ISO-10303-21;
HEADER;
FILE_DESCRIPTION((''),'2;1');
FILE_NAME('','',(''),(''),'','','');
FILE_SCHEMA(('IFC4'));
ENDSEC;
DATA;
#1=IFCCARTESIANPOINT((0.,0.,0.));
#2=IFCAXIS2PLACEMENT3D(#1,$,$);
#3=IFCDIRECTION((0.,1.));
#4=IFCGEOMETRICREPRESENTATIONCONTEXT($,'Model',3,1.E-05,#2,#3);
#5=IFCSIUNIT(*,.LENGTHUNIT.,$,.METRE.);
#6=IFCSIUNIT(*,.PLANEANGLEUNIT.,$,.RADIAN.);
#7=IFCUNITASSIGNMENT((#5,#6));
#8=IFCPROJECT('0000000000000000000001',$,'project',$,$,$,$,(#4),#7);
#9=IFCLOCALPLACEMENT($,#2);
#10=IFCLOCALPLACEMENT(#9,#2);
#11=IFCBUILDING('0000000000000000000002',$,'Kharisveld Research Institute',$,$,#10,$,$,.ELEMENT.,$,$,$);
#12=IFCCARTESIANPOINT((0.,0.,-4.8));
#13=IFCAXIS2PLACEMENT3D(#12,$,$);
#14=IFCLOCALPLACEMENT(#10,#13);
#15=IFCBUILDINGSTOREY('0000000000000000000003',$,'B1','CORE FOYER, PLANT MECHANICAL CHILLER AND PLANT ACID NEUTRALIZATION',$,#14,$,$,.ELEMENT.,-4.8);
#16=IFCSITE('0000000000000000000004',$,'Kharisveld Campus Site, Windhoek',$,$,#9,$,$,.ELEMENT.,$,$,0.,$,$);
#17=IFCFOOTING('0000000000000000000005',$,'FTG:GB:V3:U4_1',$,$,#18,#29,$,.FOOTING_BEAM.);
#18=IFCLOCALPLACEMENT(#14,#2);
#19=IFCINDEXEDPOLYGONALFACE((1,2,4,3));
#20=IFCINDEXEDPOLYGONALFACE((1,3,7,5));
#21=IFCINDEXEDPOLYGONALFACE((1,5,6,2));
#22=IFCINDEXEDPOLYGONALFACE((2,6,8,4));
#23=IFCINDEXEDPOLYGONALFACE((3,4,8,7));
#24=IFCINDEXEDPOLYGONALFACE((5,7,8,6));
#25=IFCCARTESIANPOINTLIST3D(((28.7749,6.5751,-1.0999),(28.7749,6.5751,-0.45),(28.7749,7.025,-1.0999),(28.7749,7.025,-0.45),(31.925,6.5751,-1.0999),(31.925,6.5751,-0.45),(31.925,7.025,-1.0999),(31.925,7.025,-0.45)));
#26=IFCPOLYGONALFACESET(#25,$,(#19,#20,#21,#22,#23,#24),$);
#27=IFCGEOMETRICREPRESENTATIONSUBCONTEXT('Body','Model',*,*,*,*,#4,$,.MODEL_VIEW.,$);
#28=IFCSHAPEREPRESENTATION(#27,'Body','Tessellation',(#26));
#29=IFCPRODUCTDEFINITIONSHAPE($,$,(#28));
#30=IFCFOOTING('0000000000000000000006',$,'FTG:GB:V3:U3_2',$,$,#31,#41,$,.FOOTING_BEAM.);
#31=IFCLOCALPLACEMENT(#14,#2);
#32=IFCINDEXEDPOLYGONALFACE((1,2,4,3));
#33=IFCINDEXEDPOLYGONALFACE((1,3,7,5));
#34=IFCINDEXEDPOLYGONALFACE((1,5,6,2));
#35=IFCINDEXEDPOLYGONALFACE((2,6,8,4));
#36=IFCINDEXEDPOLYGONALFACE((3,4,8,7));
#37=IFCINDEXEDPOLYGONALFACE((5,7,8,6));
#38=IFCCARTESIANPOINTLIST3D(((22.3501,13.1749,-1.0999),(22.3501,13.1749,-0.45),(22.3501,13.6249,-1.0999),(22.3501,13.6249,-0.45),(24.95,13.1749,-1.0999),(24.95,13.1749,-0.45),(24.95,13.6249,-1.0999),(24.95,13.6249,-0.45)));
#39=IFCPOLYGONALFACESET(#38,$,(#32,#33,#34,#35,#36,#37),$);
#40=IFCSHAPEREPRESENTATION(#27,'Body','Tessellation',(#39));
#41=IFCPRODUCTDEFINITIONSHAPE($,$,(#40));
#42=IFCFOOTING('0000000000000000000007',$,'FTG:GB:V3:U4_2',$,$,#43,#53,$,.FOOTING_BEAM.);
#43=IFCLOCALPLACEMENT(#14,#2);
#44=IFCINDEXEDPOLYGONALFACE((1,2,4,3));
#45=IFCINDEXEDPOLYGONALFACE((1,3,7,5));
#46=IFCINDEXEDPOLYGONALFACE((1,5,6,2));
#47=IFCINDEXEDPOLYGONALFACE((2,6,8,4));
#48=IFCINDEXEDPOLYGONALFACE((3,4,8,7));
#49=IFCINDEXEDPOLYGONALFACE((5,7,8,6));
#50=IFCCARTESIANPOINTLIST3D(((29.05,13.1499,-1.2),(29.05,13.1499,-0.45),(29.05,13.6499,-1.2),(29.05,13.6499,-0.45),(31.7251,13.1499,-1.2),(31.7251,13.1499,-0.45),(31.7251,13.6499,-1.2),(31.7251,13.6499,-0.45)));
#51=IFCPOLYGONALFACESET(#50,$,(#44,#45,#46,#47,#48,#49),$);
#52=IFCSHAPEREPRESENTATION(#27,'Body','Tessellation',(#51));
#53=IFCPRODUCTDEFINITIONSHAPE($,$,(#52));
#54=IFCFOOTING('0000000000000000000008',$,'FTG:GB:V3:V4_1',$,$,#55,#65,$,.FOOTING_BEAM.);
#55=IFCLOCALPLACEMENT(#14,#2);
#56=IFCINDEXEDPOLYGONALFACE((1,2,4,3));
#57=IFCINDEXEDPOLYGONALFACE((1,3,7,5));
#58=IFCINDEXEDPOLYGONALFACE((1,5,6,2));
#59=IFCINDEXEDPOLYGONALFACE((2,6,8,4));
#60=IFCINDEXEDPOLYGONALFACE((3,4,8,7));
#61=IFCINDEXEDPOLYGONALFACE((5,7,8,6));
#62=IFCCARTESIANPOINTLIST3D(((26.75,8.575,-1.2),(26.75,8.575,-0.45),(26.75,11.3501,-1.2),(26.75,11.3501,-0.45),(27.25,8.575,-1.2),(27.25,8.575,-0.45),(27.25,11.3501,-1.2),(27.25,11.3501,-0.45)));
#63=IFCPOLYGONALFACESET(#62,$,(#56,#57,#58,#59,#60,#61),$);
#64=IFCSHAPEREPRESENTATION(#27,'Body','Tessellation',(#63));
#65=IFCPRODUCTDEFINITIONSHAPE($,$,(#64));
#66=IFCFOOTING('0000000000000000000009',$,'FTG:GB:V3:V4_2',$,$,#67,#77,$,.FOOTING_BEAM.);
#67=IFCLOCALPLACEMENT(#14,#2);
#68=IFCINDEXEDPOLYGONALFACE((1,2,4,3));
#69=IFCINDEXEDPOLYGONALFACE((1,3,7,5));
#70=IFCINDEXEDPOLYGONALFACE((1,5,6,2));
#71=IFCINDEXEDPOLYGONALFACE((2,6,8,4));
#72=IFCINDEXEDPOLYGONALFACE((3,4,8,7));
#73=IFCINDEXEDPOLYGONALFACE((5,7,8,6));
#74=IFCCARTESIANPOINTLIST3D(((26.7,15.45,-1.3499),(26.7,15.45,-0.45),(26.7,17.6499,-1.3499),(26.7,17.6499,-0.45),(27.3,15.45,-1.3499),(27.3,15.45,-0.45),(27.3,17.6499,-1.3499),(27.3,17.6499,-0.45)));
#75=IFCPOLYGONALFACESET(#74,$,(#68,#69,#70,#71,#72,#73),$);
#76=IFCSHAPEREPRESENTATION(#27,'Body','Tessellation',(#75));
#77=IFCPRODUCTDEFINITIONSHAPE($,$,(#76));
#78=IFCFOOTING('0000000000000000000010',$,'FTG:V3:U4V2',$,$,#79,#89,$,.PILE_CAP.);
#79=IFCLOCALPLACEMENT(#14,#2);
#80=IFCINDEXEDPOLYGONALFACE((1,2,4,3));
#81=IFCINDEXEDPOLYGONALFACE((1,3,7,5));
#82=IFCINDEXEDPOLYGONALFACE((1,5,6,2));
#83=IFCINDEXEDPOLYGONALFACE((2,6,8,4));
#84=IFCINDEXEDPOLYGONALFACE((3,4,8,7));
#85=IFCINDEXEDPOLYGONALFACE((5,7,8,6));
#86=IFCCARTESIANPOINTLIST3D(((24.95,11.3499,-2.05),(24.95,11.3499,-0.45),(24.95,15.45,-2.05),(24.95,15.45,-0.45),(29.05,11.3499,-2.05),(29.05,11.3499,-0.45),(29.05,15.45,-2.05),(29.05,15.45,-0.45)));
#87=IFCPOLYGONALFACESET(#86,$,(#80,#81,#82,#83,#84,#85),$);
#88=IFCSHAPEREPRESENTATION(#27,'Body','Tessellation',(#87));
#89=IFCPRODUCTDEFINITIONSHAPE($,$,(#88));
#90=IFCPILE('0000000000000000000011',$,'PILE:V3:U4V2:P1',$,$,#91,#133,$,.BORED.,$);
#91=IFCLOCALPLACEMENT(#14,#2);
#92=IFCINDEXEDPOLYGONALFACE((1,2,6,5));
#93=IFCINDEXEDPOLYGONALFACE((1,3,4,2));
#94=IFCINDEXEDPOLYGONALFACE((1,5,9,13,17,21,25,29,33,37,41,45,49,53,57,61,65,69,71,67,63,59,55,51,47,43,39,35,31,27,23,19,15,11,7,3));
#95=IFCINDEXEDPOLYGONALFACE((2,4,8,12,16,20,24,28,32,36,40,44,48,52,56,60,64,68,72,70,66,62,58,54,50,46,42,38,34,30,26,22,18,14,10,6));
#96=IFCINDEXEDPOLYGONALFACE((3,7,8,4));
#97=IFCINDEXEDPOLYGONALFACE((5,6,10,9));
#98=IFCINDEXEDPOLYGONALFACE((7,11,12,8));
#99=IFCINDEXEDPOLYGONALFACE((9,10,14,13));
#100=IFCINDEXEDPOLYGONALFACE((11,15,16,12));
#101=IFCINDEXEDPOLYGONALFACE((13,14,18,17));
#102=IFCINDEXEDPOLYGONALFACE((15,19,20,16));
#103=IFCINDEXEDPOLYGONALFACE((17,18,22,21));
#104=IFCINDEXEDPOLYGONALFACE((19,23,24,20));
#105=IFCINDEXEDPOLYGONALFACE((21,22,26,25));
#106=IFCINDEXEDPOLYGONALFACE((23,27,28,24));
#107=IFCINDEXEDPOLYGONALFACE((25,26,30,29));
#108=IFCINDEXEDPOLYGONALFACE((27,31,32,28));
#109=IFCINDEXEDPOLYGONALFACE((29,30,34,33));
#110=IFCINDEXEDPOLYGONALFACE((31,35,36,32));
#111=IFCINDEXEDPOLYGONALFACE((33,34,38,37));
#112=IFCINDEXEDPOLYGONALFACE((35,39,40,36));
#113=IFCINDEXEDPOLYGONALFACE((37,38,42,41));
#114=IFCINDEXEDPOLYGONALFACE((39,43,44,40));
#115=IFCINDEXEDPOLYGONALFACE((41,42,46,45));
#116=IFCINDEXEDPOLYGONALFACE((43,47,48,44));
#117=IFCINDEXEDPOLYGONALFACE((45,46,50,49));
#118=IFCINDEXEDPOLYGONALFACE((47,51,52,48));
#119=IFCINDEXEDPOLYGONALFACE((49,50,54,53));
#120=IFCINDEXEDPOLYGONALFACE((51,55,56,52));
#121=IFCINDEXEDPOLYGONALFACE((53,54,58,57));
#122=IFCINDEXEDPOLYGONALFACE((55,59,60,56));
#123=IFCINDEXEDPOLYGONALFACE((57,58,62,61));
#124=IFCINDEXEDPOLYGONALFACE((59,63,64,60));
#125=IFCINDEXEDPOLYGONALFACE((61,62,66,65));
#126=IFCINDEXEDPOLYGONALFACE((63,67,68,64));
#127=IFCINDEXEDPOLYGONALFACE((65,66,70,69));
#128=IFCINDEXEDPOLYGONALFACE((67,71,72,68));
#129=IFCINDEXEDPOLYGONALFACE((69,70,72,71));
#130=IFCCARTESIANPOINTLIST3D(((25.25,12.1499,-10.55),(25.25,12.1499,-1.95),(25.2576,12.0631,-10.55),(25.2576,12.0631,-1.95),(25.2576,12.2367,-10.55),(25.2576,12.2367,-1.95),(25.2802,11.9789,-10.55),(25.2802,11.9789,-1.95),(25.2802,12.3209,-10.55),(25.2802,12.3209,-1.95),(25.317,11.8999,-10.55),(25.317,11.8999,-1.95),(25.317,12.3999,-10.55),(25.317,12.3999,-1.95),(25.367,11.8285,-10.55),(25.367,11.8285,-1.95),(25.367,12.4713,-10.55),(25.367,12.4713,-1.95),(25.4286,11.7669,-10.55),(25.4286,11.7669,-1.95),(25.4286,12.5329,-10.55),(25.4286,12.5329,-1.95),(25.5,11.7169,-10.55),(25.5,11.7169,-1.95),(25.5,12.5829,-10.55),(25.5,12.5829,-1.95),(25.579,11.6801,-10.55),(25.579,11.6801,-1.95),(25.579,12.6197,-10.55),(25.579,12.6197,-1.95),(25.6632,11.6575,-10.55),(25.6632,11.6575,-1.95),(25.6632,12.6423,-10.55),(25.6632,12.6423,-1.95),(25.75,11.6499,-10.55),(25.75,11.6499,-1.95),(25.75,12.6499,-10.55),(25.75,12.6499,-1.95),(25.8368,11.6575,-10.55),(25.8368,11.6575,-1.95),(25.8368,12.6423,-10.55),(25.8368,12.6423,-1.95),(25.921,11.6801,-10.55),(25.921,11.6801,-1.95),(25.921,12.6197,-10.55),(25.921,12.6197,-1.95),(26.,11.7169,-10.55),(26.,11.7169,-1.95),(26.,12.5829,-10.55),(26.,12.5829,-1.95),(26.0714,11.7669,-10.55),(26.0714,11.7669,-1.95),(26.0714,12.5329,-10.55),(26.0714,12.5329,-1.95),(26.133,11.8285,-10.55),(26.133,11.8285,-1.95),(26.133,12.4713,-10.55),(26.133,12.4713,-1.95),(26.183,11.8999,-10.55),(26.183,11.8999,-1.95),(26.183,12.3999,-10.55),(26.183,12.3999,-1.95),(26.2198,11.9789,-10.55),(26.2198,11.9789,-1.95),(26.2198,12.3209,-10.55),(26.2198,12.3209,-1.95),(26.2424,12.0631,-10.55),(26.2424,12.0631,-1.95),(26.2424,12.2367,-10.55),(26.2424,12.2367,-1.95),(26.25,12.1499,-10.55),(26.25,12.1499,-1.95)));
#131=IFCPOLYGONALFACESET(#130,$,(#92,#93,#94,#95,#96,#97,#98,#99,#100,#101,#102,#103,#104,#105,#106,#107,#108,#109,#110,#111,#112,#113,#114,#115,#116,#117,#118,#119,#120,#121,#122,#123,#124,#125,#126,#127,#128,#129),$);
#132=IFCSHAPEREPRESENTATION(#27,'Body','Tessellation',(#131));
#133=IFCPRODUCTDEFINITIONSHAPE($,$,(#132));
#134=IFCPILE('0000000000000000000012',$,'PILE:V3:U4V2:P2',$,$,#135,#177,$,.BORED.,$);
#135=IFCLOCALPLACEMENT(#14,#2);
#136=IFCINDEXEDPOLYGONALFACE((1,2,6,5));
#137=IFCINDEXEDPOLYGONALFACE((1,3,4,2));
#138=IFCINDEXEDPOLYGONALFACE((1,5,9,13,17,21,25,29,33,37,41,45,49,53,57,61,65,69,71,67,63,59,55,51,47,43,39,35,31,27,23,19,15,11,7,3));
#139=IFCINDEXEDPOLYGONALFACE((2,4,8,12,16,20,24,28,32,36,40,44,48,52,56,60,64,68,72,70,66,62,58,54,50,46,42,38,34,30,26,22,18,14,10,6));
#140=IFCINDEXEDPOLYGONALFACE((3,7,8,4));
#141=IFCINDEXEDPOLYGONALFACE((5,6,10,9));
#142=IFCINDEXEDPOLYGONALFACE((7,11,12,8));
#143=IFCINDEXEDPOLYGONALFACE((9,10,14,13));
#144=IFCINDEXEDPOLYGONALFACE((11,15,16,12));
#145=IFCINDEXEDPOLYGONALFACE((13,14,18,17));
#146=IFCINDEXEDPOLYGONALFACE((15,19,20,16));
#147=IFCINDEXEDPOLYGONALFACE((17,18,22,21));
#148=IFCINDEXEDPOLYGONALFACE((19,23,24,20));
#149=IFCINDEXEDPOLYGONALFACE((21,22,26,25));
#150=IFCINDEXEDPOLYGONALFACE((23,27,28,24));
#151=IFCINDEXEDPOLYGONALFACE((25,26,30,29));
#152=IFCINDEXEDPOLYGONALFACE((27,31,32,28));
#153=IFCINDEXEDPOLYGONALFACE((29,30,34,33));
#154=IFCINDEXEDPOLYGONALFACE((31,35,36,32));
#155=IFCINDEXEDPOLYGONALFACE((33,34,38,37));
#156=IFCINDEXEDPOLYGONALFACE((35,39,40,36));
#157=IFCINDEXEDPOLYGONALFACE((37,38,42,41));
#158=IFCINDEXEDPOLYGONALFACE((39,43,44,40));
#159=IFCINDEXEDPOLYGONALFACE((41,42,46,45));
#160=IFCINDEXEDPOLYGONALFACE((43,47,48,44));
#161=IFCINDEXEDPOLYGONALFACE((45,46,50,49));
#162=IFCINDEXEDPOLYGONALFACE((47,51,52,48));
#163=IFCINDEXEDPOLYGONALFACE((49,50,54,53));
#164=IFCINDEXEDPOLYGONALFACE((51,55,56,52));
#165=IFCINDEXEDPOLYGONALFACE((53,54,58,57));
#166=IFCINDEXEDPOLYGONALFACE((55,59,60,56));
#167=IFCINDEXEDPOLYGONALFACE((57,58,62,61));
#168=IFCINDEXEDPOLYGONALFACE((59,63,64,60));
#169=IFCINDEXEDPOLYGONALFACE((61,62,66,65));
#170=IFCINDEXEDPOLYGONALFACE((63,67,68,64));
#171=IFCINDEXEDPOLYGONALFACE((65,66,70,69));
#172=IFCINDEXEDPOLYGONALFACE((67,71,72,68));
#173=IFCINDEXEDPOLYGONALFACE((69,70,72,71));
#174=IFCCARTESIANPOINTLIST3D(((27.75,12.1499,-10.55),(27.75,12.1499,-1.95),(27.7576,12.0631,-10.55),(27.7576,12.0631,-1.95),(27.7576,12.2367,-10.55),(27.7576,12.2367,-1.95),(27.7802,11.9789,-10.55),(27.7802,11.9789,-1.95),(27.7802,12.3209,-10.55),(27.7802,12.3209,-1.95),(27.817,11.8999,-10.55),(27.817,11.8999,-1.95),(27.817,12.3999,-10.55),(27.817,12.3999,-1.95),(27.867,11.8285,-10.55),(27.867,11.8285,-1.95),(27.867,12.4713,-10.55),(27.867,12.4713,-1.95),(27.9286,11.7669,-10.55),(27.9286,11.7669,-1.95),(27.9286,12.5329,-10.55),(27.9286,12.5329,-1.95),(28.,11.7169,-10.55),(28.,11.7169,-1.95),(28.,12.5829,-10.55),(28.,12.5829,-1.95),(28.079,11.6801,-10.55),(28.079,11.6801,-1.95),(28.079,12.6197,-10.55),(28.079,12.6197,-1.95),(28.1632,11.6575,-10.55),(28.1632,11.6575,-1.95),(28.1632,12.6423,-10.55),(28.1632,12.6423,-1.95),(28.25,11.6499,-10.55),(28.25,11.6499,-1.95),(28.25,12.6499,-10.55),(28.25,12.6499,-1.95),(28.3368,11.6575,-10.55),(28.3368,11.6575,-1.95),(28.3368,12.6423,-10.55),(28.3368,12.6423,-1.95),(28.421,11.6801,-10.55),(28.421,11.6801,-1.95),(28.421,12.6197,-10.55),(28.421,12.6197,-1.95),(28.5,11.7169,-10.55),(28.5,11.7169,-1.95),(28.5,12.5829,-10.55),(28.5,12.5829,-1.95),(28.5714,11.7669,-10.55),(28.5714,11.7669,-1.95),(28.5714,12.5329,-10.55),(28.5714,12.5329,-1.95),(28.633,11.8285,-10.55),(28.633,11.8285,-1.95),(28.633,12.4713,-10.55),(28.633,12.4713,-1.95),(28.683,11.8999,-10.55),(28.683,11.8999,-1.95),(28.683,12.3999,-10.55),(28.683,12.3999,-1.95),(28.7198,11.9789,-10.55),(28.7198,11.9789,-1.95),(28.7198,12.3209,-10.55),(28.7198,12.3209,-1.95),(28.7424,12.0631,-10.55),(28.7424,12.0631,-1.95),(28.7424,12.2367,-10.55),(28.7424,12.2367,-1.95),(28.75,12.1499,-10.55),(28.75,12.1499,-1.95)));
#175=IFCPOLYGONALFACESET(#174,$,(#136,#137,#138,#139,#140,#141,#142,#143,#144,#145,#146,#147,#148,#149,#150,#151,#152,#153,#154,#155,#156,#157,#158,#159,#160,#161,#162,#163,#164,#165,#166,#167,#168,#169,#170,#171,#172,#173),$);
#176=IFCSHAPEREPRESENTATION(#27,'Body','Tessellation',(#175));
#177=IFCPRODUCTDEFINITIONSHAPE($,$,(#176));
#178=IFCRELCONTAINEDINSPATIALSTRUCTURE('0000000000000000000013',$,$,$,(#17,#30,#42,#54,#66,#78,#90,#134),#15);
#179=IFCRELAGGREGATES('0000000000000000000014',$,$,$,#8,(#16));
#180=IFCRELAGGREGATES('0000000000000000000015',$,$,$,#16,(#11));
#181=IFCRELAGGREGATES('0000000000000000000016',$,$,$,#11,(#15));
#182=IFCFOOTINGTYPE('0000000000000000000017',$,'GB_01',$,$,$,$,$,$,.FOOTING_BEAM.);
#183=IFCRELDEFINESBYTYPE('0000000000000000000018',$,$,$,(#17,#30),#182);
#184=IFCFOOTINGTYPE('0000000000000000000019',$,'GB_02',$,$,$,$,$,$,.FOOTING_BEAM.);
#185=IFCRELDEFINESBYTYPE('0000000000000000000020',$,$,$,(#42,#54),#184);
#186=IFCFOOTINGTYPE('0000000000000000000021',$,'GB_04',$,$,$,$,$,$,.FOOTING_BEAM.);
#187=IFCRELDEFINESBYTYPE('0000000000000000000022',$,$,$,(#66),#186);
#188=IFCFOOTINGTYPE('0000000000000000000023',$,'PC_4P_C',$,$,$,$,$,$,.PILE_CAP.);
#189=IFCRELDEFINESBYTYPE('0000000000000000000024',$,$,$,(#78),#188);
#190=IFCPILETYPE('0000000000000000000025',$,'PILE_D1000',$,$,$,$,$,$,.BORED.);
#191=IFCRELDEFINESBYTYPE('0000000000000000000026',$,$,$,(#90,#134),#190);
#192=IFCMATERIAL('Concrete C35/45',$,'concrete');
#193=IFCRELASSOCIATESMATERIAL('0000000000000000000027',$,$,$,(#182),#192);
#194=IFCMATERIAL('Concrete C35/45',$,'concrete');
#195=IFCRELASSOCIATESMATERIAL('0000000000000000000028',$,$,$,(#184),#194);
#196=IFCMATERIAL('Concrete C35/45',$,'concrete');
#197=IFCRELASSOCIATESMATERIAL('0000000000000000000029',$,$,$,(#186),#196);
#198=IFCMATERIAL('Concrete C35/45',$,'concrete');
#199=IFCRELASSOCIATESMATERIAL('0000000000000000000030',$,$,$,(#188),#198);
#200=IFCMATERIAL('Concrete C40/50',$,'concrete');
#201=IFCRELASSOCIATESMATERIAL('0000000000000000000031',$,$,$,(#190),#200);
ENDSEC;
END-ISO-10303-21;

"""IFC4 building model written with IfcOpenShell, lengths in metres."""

from ifc_helpers import new_model, si_unit, direction, frame, origin, origin_2d, place, context, subcontext, project, spatial, rectangle, circle, extrude, material, material_profile, profile_set, type_object, element, save


model = new_model("IFC4")

# Units and contexts
model_context = context("Model", 3, precision=1e-05, world=origin(), true_north=direction((0.0, 1.0)))
body_context = subcontext(model_context, "Body", "Model", "MODEL_VIEW")
ifc_project = project(units=[si_unit("LENGTHUNIT", "METRE"), si_unit("PLANEANGLEUNIT", "RADIAN")], contexts=[model_context])

# Site, building, storey
site_placement = place(None, origin())
site = spatial("IfcSite", under=ifc_project, at=site_placement, Name="Kharisveld Campus Site, Windhoek", CompositionType="ELEMENT", RefElevation=0.0)
building_placement = place(site_placement, origin())
building = spatial("IfcBuilding", under=site, at=building_placement, Name="Kharisveld Research Institute", CompositionType="ELEMENT")
storey_placement = place(building_placement, frame((0.0, 0.0, -4.8)))
storey = spatial("IfcBuildingStorey", under=building, at=storey_placement, Name="B1", Description="CORE FOYER, PLANT MECHANICAL CHILLER AND PLANT ACID NEUTRALIZATION", CompositionType="ELEMENT", Elevation=-4.8)

# Footings
ifc_material_1 = material(Name="Concrete C35/45", Category="concrete")
ifc_material_profile_1 = material_profile(ifc_material_1, rectangle(XDim=0.45, YDim=0.6499, at=origin_2d()))
ifc_profile_set_1 = profile_set([ifc_material_profile_1], Name="Concrete C35/45")
footing_type_1 = type_object("IfcFootingType", Name="GB_01", PredefinedType="FOOTING_BEAM", material=ifc_profile_set_1)
footing_1_placement = place(storey_placement, frame((28.7749, 6.8, -0.7749), z_axis=(1.0, 0.0, 0.0), x_axis=(0.0, 1.0, 0.0)))
element("IfcFooting", 1, at=footing_1_placement, inside=storey, type_object=footing_type_1, Name="FTG:GB:V3:U4_1", PredefinedType="FOOTING_BEAM", context=body_context, shape_type="SweptSolid", body=[
    extrude(rectangle(XDim=0.45, YDim=0.6499, at=origin_2d()), origin(), (0.0, 0.0, 1.0), 3.1501),
])
footing_2_placement = place(storey_placement, frame((22.3501, 13.3999, -0.7749), z_axis=(1.0, 0.0, 0.0), x_axis=(0.0, 1.0, 0.0)))
element("IfcFooting", 2, at=footing_2_placement, inside=storey, type_object=footing_type_1, Name="FTG:GB:V3:U3_2", PredefinedType="FOOTING_BEAM", context=body_context, shape_type="SweptSolid", body=[
    extrude(rectangle(XDim=0.45, YDim=0.6499, at=origin_2d()), origin(), (0.0, 0.0, 1.0), 2.5999),
])
ifc_material_2 = material(Name="Concrete C35/45", Category="concrete")
ifc_material_profile_2 = material_profile(ifc_material_2, rectangle(XDim=0.5, YDim=0.75, at=origin_2d()))
ifc_profile_set_2 = profile_set([ifc_material_profile_2], Name="Concrete C35/45")
footing_type_2 = type_object("IfcFootingType", Name="GB_02", PredefinedType="FOOTING_BEAM", material=ifc_profile_set_2)
footing_3_placement = place(storey_placement, frame((29.05, 13.3999, -0.825), z_axis=(1.0, 0.0, 0.0), x_axis=(0.0, 1.0, 0.0)))
element("IfcFooting", 3, at=footing_3_placement, inside=storey, type_object=footing_type_2, Name="FTG:GB:V3:U4_2", PredefinedType="FOOTING_BEAM", context=body_context, shape_type="SweptSolid", body=[
    extrude(rectangle(XDim=0.5, YDim=0.75, at=origin_2d()), origin(), (0.0, 0.0, 1.0), 2.675),
])
footing_4_placement = place(storey_placement, frame((27.0, 8.575, -0.825), z_axis=(0.0, 1.0, 0.0), x_axis=(-1.0, 0.0, 0.0)))
element("IfcFooting", 4, at=footing_4_placement, inside=storey, type_object=footing_type_2, Name="FTG:GB:V3:V4_1", PredefinedType="FOOTING_BEAM", context=body_context, shape_type="SweptSolid", body=[
    extrude(rectangle(XDim=0.5, YDim=0.75, at=origin_2d()), origin(), (0.0, 0.0, 1.0), 2.7751),
])
ifc_material_3 = material(Name="Concrete C35/45", Category="concrete")
ifc_material_profile_3 = material_profile(ifc_material_3, rectangle(XDim=0.6001, YDim=0.8999, at=origin_2d()))
ifc_profile_set_3 = profile_set([ifc_material_profile_3], Name="Concrete C35/45")
footing_type_3 = type_object("IfcFootingType", Name="GB_04", PredefinedType="FOOTING_BEAM", material=ifc_profile_set_3)
footing_5_placement = place(storey_placement, frame((27.0, 15.45, -0.8999), z_axis=(0.0, 1.0, 0.0), x_axis=(-1.0, 0.0, 0.0)))
element("IfcFooting", 5, at=footing_5_placement, inside=storey, type_object=footing_type_3, Name="FTG:GB:V3:V4_2", PredefinedType="FOOTING_BEAM", context=body_context, shape_type="SweptSolid", body=[
    extrude(rectangle(XDim=0.6001, YDim=0.8999, at=origin_2d()), origin(), (0.0, 0.0, 1.0), 2.2),
])
ifc_material_4 = material(Name="Concrete C35/45", Category="concrete")
footing_type_4 = type_object("IfcFootingType", Name="PC_4P_C", PredefinedType="PILE_CAP", material=ifc_material_4)
footing_6_placement = place(storey_placement, frame((27.0, 13.3999, -2.05), z_axis=(0.0, 0.0, 1.0), x_axis=(1.0, 0.0, 0.0)))
element("IfcFooting", 6, at=footing_6_placement, inside=storey, type_object=footing_type_4, Name="FTG:V3:U4V2", PredefinedType="PILE_CAP", context=body_context, shape_type="SweptSolid", body=[
    extrude(rectangle(XDim=4.1001, YDim=4.1001, at=origin_2d()), origin(), (0.0, 0.0, 1.0), 1.6001),
])

# Piles
ifc_material_5 = material(Name="Concrete C40/50", Category="concrete")
ifc_material_profile_4 = material_profile(ifc_material_5, circle(Radius=0.5, at=origin_2d()))
ifc_profile_set_4 = profile_set([ifc_material_profile_4], Name="Concrete C40/50")
pile_type_1 = type_object("IfcPileType", Name="PILE_D1000", PredefinedType="BORED", material=ifc_profile_set_4)
for number, where, z_axis, x_axis, name in (
    (7, (25.75, 12.1499, -1.95), (0.0, 0.0, -1.0), (1.0, 0.0, 0.0), "PILE:V3:U4V2:P1"),
    (8, (28.25, 12.1499, -1.95), (0.0, 0.0, -1.0), (1.0, 0.0, 0.0), "PILE:V3:U4V2:P2"),
):
    element("IfcPile", number, at=place(storey_placement, frame(where, z_axis=z_axis, x_axis=x_axis)), inside=storey, type_object=pile_type_1, Name=name, PredefinedType="BORED", context=body_context, shape_type="SweptSolid", body=[
        extrude(circle(Radius=0.5, at=origin_2d()), origin(), (0.0, 0.0, 1.0), 8.6001),
    ])

save(model, "model.ifc")
